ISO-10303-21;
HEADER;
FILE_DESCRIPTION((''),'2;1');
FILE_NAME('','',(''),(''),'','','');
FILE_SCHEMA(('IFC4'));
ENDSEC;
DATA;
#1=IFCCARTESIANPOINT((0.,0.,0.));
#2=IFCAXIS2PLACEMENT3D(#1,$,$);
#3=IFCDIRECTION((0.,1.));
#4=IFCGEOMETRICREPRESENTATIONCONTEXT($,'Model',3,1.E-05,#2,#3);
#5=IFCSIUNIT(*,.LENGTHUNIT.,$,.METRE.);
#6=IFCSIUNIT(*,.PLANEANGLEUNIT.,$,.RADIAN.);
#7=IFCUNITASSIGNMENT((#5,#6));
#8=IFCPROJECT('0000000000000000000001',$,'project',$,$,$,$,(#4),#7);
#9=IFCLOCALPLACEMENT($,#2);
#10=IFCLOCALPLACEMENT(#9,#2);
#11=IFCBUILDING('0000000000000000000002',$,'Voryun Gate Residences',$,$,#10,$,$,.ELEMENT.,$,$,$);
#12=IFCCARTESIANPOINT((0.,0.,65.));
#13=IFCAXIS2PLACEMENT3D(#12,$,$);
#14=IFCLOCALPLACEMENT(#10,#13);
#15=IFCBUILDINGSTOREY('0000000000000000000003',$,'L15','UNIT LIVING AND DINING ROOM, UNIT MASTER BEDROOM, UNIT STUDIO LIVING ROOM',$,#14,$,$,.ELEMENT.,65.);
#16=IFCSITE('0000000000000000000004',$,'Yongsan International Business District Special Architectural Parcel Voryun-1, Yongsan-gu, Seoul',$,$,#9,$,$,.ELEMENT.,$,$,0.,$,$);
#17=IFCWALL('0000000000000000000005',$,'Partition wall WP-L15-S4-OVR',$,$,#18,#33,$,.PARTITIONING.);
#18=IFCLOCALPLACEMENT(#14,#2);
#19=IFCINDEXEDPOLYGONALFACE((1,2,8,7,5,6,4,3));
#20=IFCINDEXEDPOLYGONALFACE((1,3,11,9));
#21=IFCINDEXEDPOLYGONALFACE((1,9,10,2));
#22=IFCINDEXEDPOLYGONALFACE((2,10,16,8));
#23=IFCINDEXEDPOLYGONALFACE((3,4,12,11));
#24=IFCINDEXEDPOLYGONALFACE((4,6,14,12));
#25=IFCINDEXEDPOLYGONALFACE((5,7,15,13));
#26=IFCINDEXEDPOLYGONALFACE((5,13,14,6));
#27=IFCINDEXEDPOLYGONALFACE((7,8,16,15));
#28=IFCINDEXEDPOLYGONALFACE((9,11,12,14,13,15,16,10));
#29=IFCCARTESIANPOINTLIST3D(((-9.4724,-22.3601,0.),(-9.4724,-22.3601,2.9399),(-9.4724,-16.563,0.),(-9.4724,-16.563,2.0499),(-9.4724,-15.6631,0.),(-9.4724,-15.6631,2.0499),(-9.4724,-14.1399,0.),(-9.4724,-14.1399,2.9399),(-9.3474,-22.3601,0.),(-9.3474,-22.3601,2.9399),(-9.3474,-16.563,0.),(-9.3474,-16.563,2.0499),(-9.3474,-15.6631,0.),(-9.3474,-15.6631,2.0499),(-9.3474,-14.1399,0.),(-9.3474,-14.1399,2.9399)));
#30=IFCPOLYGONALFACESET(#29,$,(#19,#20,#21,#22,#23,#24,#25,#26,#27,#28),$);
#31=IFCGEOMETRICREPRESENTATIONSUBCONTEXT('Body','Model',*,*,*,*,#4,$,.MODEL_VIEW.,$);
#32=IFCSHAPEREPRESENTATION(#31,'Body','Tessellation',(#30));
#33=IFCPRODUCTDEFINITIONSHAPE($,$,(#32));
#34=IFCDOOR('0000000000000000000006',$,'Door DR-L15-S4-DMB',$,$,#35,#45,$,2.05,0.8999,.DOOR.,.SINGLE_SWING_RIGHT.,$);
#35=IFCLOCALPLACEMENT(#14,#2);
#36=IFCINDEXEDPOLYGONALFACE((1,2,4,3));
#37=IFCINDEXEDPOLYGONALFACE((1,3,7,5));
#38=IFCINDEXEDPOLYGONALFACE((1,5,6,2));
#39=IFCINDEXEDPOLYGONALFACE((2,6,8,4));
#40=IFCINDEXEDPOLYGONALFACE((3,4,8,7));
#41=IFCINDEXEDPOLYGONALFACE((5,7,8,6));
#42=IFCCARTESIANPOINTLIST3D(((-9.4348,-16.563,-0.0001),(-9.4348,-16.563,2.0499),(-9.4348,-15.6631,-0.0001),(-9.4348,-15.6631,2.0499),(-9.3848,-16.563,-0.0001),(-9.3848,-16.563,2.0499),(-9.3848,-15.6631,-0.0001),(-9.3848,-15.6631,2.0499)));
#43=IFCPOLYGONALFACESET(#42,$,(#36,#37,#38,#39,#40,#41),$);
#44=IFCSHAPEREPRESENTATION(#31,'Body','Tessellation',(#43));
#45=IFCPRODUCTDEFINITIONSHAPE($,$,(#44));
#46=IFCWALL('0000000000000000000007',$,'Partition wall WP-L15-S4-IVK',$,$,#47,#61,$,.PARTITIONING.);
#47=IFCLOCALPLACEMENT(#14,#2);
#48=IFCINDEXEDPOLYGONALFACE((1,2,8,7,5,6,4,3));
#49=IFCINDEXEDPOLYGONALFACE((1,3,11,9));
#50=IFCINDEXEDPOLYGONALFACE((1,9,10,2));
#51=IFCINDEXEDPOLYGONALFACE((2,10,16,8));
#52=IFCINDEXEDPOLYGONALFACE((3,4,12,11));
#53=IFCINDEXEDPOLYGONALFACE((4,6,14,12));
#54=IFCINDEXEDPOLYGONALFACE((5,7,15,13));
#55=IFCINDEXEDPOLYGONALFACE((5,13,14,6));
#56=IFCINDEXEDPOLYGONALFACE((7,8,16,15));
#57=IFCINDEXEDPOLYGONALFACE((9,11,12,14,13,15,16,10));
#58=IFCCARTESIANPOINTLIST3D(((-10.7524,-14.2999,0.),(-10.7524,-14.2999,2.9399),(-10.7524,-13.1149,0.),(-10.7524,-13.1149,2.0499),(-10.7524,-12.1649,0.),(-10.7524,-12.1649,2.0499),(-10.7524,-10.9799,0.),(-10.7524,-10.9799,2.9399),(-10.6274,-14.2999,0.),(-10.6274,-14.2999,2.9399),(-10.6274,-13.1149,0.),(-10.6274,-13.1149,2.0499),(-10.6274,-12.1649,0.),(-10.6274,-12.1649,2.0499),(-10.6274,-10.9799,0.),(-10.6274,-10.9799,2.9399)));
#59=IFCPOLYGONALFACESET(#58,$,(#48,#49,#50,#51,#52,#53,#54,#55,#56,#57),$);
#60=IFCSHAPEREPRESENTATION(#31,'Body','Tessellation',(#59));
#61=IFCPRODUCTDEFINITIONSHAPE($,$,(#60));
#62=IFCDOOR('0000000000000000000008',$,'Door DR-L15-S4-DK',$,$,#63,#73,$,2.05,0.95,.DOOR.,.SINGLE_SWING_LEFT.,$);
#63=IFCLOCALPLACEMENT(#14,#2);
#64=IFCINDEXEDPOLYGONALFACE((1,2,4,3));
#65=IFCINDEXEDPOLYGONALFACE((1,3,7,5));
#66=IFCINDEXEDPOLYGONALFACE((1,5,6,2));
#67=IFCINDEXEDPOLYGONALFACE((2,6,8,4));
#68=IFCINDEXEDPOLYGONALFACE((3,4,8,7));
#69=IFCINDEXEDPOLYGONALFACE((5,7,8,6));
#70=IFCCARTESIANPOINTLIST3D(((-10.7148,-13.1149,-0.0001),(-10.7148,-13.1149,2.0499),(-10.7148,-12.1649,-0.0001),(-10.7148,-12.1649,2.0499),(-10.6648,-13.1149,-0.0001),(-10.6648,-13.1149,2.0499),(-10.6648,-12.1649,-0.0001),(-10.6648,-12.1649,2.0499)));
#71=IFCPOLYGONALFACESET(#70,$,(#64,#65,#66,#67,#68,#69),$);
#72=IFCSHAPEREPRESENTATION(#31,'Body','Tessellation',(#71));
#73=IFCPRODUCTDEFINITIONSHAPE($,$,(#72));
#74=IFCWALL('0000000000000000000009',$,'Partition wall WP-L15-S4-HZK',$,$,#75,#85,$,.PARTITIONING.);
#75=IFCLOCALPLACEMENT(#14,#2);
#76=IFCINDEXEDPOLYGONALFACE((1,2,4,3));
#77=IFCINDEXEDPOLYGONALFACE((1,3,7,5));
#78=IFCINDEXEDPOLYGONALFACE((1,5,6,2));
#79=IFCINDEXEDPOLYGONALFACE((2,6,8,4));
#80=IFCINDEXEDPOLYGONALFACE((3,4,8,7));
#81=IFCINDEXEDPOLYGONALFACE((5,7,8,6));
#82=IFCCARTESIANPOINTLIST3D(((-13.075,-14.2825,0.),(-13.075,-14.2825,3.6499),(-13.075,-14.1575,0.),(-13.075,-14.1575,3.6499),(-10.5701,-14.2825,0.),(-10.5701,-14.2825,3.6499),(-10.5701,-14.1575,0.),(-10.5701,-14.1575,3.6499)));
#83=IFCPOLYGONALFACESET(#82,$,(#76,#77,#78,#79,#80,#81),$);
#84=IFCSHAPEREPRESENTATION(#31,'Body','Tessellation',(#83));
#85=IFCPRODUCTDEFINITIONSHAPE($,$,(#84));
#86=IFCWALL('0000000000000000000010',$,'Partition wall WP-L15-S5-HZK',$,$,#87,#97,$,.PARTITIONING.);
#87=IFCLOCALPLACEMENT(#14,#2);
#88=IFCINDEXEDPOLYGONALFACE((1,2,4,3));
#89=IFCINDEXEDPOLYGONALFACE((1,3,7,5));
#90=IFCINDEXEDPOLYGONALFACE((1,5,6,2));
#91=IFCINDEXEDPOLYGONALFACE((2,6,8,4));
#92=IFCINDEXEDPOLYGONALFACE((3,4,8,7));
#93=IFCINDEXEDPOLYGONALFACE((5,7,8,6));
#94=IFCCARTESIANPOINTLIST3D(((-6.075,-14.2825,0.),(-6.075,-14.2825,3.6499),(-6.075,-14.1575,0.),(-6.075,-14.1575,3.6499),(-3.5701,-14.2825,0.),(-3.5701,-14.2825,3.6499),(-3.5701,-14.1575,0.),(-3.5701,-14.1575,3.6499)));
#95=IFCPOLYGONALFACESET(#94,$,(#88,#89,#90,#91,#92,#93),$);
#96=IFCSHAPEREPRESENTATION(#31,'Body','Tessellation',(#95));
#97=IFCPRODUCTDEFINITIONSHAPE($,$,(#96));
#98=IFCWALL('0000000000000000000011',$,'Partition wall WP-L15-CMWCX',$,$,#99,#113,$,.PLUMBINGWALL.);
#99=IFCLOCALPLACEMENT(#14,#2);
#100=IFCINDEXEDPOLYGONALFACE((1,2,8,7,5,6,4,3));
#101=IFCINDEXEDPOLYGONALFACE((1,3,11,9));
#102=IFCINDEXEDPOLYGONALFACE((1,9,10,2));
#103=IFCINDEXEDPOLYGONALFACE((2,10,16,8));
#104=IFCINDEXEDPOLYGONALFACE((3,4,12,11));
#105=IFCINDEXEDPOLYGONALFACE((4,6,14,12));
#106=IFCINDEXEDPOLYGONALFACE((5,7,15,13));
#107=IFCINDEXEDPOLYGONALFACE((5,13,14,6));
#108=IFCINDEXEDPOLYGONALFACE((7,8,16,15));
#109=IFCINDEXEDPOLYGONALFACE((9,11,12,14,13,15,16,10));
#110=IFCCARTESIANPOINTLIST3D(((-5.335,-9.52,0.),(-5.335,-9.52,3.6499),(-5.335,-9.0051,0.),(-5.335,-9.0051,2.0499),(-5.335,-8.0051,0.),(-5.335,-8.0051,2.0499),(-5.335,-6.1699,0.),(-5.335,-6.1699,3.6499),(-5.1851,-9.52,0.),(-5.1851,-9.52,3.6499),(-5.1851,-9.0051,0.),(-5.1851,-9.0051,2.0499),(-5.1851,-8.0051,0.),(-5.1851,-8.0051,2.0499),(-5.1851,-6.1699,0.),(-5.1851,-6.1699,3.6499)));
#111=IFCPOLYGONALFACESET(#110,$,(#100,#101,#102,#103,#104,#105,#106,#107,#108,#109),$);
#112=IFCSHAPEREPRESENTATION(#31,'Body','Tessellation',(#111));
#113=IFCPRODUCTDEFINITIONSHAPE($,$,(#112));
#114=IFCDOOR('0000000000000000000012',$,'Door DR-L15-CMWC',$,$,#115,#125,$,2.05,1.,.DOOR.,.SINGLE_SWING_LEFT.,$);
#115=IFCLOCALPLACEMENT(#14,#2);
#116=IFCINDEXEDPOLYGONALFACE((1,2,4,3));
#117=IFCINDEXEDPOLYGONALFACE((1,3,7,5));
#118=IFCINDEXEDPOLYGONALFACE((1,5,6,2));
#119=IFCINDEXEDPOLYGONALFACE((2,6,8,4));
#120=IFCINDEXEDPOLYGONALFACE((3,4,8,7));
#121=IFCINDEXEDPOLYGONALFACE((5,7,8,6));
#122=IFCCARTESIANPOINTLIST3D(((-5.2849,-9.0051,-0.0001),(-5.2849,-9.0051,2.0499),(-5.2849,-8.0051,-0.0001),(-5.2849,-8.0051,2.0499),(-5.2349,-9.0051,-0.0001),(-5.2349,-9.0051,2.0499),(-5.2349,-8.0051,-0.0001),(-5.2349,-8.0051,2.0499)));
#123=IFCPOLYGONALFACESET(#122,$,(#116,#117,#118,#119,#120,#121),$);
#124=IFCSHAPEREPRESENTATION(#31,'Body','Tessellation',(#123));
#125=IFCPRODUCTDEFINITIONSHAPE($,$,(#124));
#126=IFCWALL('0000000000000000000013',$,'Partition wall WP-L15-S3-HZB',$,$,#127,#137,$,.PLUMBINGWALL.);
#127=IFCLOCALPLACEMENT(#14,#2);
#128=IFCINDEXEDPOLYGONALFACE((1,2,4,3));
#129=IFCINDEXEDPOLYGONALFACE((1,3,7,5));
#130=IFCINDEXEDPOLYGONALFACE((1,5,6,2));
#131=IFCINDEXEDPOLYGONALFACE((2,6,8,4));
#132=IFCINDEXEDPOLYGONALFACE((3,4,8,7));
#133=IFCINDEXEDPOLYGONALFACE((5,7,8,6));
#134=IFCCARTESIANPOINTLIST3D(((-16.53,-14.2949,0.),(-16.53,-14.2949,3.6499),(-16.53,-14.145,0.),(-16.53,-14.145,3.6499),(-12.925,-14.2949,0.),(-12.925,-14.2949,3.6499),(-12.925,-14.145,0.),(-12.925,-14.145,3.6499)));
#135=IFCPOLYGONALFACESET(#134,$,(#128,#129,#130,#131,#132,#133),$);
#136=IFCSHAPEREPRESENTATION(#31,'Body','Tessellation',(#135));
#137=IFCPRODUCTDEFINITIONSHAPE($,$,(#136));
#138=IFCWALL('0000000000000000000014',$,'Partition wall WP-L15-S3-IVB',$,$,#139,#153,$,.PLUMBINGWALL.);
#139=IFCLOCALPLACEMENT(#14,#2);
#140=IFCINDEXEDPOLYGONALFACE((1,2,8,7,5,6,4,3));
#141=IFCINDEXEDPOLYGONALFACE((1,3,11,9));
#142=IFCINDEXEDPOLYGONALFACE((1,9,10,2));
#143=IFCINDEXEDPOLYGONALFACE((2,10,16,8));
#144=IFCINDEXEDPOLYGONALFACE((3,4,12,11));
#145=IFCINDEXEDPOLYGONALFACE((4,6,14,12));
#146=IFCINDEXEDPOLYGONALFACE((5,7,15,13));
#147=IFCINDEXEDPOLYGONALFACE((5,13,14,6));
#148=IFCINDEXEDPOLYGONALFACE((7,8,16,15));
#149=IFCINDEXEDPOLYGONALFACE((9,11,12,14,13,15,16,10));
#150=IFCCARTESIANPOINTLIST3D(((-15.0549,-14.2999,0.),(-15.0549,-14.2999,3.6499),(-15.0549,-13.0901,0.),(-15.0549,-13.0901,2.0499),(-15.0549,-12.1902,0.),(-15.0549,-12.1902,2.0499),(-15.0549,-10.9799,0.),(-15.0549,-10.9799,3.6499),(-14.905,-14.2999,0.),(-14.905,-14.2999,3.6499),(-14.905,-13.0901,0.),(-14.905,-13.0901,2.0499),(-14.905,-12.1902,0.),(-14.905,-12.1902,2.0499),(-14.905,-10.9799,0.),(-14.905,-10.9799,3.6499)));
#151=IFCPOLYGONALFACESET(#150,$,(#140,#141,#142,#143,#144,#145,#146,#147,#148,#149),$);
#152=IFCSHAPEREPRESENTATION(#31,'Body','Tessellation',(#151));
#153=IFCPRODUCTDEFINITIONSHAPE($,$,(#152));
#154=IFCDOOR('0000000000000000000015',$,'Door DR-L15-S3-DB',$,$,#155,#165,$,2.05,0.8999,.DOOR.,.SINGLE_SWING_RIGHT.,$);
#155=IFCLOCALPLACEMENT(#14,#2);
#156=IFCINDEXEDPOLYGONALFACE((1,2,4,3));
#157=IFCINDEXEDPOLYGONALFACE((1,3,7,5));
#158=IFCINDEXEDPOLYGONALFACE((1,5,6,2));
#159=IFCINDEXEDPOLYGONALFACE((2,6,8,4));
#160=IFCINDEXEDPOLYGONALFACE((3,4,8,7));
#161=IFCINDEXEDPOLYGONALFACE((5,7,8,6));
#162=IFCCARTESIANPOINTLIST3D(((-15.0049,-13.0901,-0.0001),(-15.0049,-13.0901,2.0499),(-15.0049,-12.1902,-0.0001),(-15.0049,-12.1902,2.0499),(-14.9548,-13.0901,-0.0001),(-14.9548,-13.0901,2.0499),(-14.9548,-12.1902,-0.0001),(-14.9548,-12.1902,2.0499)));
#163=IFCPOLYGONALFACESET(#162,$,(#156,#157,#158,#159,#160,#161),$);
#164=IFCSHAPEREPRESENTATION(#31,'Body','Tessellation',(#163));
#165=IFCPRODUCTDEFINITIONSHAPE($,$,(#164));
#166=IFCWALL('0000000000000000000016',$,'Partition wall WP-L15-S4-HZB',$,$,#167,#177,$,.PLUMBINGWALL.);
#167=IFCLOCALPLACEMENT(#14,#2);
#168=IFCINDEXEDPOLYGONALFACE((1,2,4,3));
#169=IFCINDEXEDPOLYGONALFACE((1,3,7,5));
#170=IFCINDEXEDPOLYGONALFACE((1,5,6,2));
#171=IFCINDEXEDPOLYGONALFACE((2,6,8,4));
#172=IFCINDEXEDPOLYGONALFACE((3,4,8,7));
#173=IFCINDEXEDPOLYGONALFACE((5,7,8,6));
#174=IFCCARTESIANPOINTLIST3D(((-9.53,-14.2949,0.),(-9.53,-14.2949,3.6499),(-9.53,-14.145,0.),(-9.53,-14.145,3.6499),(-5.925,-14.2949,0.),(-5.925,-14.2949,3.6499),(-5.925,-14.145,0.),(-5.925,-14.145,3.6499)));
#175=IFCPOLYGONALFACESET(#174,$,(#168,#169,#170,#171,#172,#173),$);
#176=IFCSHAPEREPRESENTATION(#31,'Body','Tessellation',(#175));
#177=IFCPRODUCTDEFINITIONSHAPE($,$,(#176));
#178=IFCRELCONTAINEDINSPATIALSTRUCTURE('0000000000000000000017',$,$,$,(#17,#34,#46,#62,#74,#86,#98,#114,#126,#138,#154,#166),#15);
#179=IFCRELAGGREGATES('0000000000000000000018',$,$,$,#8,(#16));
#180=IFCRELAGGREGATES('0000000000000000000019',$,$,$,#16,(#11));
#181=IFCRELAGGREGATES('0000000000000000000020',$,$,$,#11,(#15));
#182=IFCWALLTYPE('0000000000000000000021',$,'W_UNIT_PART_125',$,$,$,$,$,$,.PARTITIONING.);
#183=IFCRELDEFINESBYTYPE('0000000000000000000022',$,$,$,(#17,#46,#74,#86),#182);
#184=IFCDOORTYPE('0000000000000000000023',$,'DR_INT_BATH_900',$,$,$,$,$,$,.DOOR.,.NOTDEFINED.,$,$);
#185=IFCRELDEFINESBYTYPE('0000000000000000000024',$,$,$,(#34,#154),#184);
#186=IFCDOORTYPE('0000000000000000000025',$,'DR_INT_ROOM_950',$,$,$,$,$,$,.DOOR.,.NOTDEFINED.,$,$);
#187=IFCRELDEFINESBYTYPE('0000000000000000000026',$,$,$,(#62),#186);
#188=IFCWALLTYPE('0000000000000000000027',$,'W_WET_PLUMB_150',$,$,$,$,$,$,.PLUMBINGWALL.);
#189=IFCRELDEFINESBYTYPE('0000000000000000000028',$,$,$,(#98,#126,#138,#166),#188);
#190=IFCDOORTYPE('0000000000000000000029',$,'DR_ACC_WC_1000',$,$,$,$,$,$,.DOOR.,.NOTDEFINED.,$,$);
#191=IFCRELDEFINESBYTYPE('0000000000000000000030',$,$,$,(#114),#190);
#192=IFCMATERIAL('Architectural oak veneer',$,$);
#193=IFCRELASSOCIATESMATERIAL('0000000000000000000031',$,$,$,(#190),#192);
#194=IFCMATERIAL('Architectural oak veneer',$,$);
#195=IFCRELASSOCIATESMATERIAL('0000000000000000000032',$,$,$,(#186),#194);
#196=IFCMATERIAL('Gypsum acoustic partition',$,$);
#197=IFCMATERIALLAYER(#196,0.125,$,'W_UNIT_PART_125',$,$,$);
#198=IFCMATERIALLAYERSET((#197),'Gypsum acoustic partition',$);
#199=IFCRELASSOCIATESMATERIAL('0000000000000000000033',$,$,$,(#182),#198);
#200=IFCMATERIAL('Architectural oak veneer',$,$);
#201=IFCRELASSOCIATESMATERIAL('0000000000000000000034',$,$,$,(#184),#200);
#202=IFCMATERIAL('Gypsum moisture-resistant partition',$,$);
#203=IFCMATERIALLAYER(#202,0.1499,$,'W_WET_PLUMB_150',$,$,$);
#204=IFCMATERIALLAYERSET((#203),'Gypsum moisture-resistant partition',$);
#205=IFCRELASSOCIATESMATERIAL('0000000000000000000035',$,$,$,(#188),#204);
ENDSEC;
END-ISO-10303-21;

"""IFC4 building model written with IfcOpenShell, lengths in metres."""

from ifc_helpers import new_model, si_unit, direction, frame, frame_2d, origin, place, context, subcontext, project, spatial, rectangle, extrude, material, layer, layer_set, type_object, element, fill, save


model = new_model("IFC4")

# Units and contexts
model_context = context("Model", 3, precision=1e-05, world=origin(), true_north=direction((0.0, 1.0)))
body_context = subcontext(model_context, "Body", "Model", "MODEL_VIEW")
ifc_project = project(units=[si_unit("LENGTHUNIT", "METRE"), si_unit("PLANEANGLEUNIT", "RADIAN")], contexts=[model_context])

# Site, building, storey
site_placement = place(None, origin())
site = spatial("IfcSite", under=ifc_project, at=site_placement, Name="Yongsan International Business District Special Architectural Parcel Voryun-1, Yongsan-gu, Seoul", CompositionType="ELEMENT", RefElevation=0.0)
building_placement = place(site_placement, origin())
building = spatial("IfcBuilding", under=site, at=building_placement, Name="Voryun Gate Residences", CompositionType="ELEMENT")
storey_placement = place(building_placement, frame((0.0, 0.0, 65.0)))
storey = spatial("IfcBuildingStorey", under=building, at=storey_placement, Name="L15", Description="UNIT LIVING AND DINING ROOM, UNIT MASTER BEDROOM, UNIT STUDIO LIVING ROOM", CompositionType="ELEMENT", Elevation=65.0)

# Shared definitions
ifc_material_1 = material(Name="Architectural oak veneer")
door_type_1 = type_object("IfcDoorType", Name="DR_ACC_WC_1000", OperationType="NOTDEFINED", PredefinedType="DOOR", material=ifc_material_1)
ifc_material_2 = material(Name="Architectural oak veneer")
door_type_2 = type_object("IfcDoorType", Name="DR_INT_ROOM_950", OperationType="NOTDEFINED", PredefinedType="DOOR", material=ifc_material_2)

# Walls, openings, doors
ifc_material_3 = material(Name="Gypsum acoustic partition")
ifc_layer_1 = layer(ifc_material_3, 0.125, Name="W_UNIT_PART_125")
ifc_layer_set_1 = layer_set([ifc_layer_1], Name="Gypsum acoustic partition")
wall_type_1 = type_object("IfcWallType", Name="W_UNIT_PART_125", PredefinedType="PARTITIONING", material=ifc_layer_set_1)
ifc_material_4 = material(Name="Architectural oak veneer")
door_type_3 = type_object("IfcDoorType", Name="DR_INT_BATH_900", OperationType="NOTDEFINED", PredefinedType="DOOR", material=ifc_material_4)
wall_1_placement = place(storey_placement, frame((-9.4099, -22.3601, 0.0), z_axis=(0.0, 0.0, 1.0), x_axis=(0.0, 1.0, 0.0)))
wall_1 = element("IfcWall", 1, at=wall_1_placement, inside=storey, type_object=wall_type_1, Name="Partition wall WP-L15-S4-OVR", PredefinedType="PARTITIONING", context=body_context, shape_type="SweptSolid", body=[
    extrude(rectangle(XDim=8.2202, YDim=0.125, at=frame_2d((4.1101, 0.0))), origin(), (0.0, 0.0, 1.0), 2.9399),
])
opening_1_placement = place(wall_1_placement, frame((5.7971, 0.0, 0.0)))
opening_1 = element("IfcOpeningElement", 2, at=opening_1_placement, cuts=wall_1, PredefinedType="OPENING", context=body_context, shape_type="SweptSolid", body=[
    extrude(rectangle(XDim=0.8999, YDim=2.05, at=frame_2d((0.45, 1.0249))), frame((0.0, 0.0725, 0.0), z_axis=(0.0, -1.0, 0.0), x_axis=(1.0, 0.0, 0.0)), (0.0, 0.0, 1.0), 0.145),
])
door_1_placement = place(opening_1_placement, origin())
door_1 = element("IfcDoor", 3, at=door_1_placement, inside=storey, type_object=door_type_3, Name="Door DR-L15-S4-DMB", OperationType="SINGLE_SWING_RIGHT", OverallHeight=2.05, OverallWidth=0.8999, PredefinedType="DOOR", context=body_context, shape_type="SweptSolid", body=[
    extrude(rectangle(XDim=0.8999, YDim=2.05, at=frame_2d((0.45, 1.0249))), frame((0.0, 0.0249, 0.0), z_axis=(0.0, -1.0, 0.0), x_axis=(1.0, 0.0, 0.0)), (0.0, 0.0, 1.0), 0.05),
])
fill(opening_1, door_1)
wall_2_placement = place(storey_placement, frame((-10.6899, -14.3, 0.0), z_axis=(0.0, 0.0, 1.0), x_axis=(0.0, 1.0, 0.0)))
wall_2 = element("IfcWall", 4, at=wall_2_placement, inside=storey, type_object=wall_type_1, Name="Partition wall WP-L15-S4-IVK", PredefinedType="PARTITIONING", context=body_context, shape_type="SweptSolid", body=[
    extrude(rectangle(XDim=3.3201, YDim=0.125, at=frame_2d((1.6602, 0.0))), origin(), (0.0, 0.0, 1.0), 2.9399),
])
opening_2_placement = place(wall_2_placement, frame((1.1851, 0.0, 0.0)))
opening_2 = element("IfcOpeningElement", 5, at=opening_2_placement, cuts=wall_2, PredefinedType="OPENING", context=body_context, shape_type="SweptSolid", body=[
    extrude(rectangle(XDim=0.95, YDim=2.05, at=frame_2d((0.4751, 1.0249))), frame((0.0, 0.0725, 0.0), z_axis=(0.0, -1.0, 0.0), x_axis=(1.0, 0.0, 0.0)), (0.0, 0.0, 1.0), 0.145),
])
door_2_placement = place(opening_2_placement, origin())
door_2 = element("IfcDoor", 6, at=door_2_placement, inside=storey, type_object=door_type_2, Name="Door DR-L15-S4-DK", OperationType="SINGLE_SWING_LEFT", OverallHeight=2.05, OverallWidth=0.95, PredefinedType="DOOR", context=body_context, shape_type="SweptSolid", body=[
    extrude(rectangle(XDim=0.95, YDim=2.05, at=frame_2d((0.4751, 1.0249))), frame((0.0, 0.0249, 0.0), z_axis=(0.0, -1.0, 0.0), x_axis=(1.0, 0.0, 0.0)), (0.0, 0.0, 1.0), 0.05),
])
fill(opening_2, door_2)

# Walls
for number, where, z_axis, x_axis, name in (
    (7, (-13.075, -14.22, 0.0), (0.0, 0.0, 1.0), (1.0, 0.0, 0.0), "Partition wall WP-L15-S4-HZK"),
    (8, (-6.075, -14.22, 0.0), (0.0, 0.0, 1.0), (1.0, 0.0, 0.0), "Partition wall WP-L15-S5-HZK"),
):
    element("IfcWall", number, at=place(storey_placement, frame(where, z_axis=z_axis, x_axis=x_axis)), inside=storey, type_object=wall_type_1, Name=name, PredefinedType="PARTITIONING", context=body_context, shape_type="SweptSolid", body=[
        extrude(rectangle(XDim=2.5049, YDim=0.125, at=frame_2d((1.2524, 0.0))), origin(), (0.0, 0.0, 1.0), 3.6499),
    ])

# Wall, opening, door
ifc_material_5 = material(Name="Gypsum moisture-resistant partition")
ifc_layer_2 = layer(ifc_material_5, 0.1499, Name="W_WET_PLUMB_150")
ifc_layer_set_2 = layer_set([ifc_layer_2], Name="Gypsum moisture-resistant partition")
wall_type_2 = type_object("IfcWallType", Name="W_WET_PLUMB_150", PredefinedType="PLUMBINGWALL", material=ifc_layer_set_2)
wall_3_placement = place(storey_placement, frame((-5.26, -9.52, 0.0), z_axis=(0.0, 0.0, 1.0), x_axis=(0.0, 1.0, 0.0)))
wall_3 = element("IfcWall", 9, at=wall_3_placement, inside=storey, type_object=wall_type_2, Name="Partition wall WP-L15-CMWCX", PredefinedType="PLUMBINGWALL", context=body_context, shape_type="SweptSolid", body=[
    extrude(rectangle(XDim=3.3501, YDim=0.1499, at=frame_2d((1.675, 0.0))), origin(), (0.0, 0.0, 1.0), 3.6499),
])
opening_3_placement = place(wall_3_placement, frame((0.5149, 0.0, 0.0)))
opening_3 = element("IfcOpeningElement", 10, at=opening_3_placement, cuts=wall_3, PredefinedType="OPENING", context=body_context, shape_type="SweptSolid", body=[
    extrude(rectangle(XDim=1.0, YDim=2.05, at=frame_2d((0.5, 1.0249))), frame((0.0, 0.085, 0.0), z_axis=(0.0, -1.0, 0.0), x_axis=(1.0, 0.0, 0.0)), (0.0, 0.0, 1.0), 0.1699),
])
door_3_placement = place(opening_3_placement, origin())
door_3 = element("IfcDoor", 11, at=door_3_placement, inside=storey, type_object=door_type_1, Name="Door DR-L15-CMWC", OperationType="SINGLE_SWING_LEFT", OverallHeight=2.05, OverallWidth=1.0, PredefinedType="DOOR", context=body_context, shape_type="SweptSolid", body=[
    extrude(rectangle(XDim=1.0, YDim=2.05, at=frame_2d((0.5, 1.0249))), frame((0.0, 0.0249, 0.0), z_axis=(0.0, -1.0, 0.0), x_axis=(1.0, 0.0, 0.0)), (0.0, 0.0, 1.0), 0.05),
])
fill(opening_3, door_3)

# Wall
wall_4_placement = place(storey_placement, frame((-16.53, -14.22, 0.0), z_axis=(0.0, 0.0, 1.0), x_axis=(1.0, 0.0, 0.0)))
element("IfcWall", 12, at=wall_4_placement, inside=storey, type_object=wall_type_2, Name="Partition wall WP-L15-S3-HZB", PredefinedType="PLUMBINGWALL", context=body_context, shape_type="SweptSolid", body=[
    extrude(rectangle(XDim=3.605, YDim=0.1499, at=frame_2d((1.8025, 0.0))), origin(), (0.0, 0.0, 1.0), 3.6499),
])

# Wall, opening, door
wall_5_placement = place(storey_placement, frame((-14.98, -14.3, 0.0), z_axis=(0.0, 0.0, 1.0), x_axis=(0.0, 1.0, 0.0)))
wall_5 = element("IfcWall", 13, at=wall_5_placement, inside=storey, type_object=wall_type_2, Name="Partition wall WP-L15-S3-IVB", PredefinedType="PLUMBINGWALL", context=body_context, shape_type="SweptSolid", body=[
    extrude(rectangle(XDim=3.3201, YDim=0.1499, at=frame_2d((1.6602, 0.0))), origin(), (0.0, 0.0, 1.0), 3.6499),
])
opening_4_placement = place(wall_5_placement, frame((1.21, 0.0, 0.0)))
opening_4 = element("IfcOpeningElement", 14, at=opening_4_placement, cuts=wall_5, PredefinedType="OPENING", context=body_context, shape_type="SweptSolid", body=[
    extrude(rectangle(XDim=0.8999, YDim=2.05, at=frame_2d((0.45, 1.0249))), frame((0.0, 0.085, 0.0), z_axis=(0.0, -1.0, 0.0), x_axis=(1.0, 0.0, 0.0)), (0.0, 0.0, 1.0), 0.1699),
])
door_4_placement = place(opening_4_placement, origin())
door_4 = element("IfcDoor", 15, at=door_4_placement, inside=storey, type_object=door_type_3, Name="Door DR-L15-S3-DB", OperationType="SINGLE_SWING_RIGHT", OverallHeight=2.05, OverallWidth=0.8999, PredefinedType="DOOR", context=body_context, shape_type="SweptSolid", body=[
    extrude(rectangle(XDim=0.8999, YDim=2.05, at=frame_2d((0.45, 1.0249))), frame((0.0, 0.0249, 0.0), z_axis=(0.0, -1.0, 0.0), x_axis=(1.0, 0.0, 0.0)), (0.0, 0.0, 1.0), 0.05),
])
fill(opening_4, door_4)

# Wall
wall_6_placement = place(storey_placement, frame((-9.53, -14.22, 0.0), z_axis=(0.0, 0.0, 1.0), x_axis=(1.0, 0.0, 0.0)))
element("IfcWall", 16, at=wall_6_placement, inside=storey, type_object=wall_type_2, Name="Partition wall WP-L15-S4-HZB", PredefinedType="PLUMBINGWALL", context=body_context, shape_type="SweptSolid", body=[
    extrude(rectangle(XDim=3.605, YDim=0.1499, at=frame_2d((1.8025, 0.0))), origin(), (0.0, 0.0, 1.0), 3.6499),
])

save(model, "model.ifc")
